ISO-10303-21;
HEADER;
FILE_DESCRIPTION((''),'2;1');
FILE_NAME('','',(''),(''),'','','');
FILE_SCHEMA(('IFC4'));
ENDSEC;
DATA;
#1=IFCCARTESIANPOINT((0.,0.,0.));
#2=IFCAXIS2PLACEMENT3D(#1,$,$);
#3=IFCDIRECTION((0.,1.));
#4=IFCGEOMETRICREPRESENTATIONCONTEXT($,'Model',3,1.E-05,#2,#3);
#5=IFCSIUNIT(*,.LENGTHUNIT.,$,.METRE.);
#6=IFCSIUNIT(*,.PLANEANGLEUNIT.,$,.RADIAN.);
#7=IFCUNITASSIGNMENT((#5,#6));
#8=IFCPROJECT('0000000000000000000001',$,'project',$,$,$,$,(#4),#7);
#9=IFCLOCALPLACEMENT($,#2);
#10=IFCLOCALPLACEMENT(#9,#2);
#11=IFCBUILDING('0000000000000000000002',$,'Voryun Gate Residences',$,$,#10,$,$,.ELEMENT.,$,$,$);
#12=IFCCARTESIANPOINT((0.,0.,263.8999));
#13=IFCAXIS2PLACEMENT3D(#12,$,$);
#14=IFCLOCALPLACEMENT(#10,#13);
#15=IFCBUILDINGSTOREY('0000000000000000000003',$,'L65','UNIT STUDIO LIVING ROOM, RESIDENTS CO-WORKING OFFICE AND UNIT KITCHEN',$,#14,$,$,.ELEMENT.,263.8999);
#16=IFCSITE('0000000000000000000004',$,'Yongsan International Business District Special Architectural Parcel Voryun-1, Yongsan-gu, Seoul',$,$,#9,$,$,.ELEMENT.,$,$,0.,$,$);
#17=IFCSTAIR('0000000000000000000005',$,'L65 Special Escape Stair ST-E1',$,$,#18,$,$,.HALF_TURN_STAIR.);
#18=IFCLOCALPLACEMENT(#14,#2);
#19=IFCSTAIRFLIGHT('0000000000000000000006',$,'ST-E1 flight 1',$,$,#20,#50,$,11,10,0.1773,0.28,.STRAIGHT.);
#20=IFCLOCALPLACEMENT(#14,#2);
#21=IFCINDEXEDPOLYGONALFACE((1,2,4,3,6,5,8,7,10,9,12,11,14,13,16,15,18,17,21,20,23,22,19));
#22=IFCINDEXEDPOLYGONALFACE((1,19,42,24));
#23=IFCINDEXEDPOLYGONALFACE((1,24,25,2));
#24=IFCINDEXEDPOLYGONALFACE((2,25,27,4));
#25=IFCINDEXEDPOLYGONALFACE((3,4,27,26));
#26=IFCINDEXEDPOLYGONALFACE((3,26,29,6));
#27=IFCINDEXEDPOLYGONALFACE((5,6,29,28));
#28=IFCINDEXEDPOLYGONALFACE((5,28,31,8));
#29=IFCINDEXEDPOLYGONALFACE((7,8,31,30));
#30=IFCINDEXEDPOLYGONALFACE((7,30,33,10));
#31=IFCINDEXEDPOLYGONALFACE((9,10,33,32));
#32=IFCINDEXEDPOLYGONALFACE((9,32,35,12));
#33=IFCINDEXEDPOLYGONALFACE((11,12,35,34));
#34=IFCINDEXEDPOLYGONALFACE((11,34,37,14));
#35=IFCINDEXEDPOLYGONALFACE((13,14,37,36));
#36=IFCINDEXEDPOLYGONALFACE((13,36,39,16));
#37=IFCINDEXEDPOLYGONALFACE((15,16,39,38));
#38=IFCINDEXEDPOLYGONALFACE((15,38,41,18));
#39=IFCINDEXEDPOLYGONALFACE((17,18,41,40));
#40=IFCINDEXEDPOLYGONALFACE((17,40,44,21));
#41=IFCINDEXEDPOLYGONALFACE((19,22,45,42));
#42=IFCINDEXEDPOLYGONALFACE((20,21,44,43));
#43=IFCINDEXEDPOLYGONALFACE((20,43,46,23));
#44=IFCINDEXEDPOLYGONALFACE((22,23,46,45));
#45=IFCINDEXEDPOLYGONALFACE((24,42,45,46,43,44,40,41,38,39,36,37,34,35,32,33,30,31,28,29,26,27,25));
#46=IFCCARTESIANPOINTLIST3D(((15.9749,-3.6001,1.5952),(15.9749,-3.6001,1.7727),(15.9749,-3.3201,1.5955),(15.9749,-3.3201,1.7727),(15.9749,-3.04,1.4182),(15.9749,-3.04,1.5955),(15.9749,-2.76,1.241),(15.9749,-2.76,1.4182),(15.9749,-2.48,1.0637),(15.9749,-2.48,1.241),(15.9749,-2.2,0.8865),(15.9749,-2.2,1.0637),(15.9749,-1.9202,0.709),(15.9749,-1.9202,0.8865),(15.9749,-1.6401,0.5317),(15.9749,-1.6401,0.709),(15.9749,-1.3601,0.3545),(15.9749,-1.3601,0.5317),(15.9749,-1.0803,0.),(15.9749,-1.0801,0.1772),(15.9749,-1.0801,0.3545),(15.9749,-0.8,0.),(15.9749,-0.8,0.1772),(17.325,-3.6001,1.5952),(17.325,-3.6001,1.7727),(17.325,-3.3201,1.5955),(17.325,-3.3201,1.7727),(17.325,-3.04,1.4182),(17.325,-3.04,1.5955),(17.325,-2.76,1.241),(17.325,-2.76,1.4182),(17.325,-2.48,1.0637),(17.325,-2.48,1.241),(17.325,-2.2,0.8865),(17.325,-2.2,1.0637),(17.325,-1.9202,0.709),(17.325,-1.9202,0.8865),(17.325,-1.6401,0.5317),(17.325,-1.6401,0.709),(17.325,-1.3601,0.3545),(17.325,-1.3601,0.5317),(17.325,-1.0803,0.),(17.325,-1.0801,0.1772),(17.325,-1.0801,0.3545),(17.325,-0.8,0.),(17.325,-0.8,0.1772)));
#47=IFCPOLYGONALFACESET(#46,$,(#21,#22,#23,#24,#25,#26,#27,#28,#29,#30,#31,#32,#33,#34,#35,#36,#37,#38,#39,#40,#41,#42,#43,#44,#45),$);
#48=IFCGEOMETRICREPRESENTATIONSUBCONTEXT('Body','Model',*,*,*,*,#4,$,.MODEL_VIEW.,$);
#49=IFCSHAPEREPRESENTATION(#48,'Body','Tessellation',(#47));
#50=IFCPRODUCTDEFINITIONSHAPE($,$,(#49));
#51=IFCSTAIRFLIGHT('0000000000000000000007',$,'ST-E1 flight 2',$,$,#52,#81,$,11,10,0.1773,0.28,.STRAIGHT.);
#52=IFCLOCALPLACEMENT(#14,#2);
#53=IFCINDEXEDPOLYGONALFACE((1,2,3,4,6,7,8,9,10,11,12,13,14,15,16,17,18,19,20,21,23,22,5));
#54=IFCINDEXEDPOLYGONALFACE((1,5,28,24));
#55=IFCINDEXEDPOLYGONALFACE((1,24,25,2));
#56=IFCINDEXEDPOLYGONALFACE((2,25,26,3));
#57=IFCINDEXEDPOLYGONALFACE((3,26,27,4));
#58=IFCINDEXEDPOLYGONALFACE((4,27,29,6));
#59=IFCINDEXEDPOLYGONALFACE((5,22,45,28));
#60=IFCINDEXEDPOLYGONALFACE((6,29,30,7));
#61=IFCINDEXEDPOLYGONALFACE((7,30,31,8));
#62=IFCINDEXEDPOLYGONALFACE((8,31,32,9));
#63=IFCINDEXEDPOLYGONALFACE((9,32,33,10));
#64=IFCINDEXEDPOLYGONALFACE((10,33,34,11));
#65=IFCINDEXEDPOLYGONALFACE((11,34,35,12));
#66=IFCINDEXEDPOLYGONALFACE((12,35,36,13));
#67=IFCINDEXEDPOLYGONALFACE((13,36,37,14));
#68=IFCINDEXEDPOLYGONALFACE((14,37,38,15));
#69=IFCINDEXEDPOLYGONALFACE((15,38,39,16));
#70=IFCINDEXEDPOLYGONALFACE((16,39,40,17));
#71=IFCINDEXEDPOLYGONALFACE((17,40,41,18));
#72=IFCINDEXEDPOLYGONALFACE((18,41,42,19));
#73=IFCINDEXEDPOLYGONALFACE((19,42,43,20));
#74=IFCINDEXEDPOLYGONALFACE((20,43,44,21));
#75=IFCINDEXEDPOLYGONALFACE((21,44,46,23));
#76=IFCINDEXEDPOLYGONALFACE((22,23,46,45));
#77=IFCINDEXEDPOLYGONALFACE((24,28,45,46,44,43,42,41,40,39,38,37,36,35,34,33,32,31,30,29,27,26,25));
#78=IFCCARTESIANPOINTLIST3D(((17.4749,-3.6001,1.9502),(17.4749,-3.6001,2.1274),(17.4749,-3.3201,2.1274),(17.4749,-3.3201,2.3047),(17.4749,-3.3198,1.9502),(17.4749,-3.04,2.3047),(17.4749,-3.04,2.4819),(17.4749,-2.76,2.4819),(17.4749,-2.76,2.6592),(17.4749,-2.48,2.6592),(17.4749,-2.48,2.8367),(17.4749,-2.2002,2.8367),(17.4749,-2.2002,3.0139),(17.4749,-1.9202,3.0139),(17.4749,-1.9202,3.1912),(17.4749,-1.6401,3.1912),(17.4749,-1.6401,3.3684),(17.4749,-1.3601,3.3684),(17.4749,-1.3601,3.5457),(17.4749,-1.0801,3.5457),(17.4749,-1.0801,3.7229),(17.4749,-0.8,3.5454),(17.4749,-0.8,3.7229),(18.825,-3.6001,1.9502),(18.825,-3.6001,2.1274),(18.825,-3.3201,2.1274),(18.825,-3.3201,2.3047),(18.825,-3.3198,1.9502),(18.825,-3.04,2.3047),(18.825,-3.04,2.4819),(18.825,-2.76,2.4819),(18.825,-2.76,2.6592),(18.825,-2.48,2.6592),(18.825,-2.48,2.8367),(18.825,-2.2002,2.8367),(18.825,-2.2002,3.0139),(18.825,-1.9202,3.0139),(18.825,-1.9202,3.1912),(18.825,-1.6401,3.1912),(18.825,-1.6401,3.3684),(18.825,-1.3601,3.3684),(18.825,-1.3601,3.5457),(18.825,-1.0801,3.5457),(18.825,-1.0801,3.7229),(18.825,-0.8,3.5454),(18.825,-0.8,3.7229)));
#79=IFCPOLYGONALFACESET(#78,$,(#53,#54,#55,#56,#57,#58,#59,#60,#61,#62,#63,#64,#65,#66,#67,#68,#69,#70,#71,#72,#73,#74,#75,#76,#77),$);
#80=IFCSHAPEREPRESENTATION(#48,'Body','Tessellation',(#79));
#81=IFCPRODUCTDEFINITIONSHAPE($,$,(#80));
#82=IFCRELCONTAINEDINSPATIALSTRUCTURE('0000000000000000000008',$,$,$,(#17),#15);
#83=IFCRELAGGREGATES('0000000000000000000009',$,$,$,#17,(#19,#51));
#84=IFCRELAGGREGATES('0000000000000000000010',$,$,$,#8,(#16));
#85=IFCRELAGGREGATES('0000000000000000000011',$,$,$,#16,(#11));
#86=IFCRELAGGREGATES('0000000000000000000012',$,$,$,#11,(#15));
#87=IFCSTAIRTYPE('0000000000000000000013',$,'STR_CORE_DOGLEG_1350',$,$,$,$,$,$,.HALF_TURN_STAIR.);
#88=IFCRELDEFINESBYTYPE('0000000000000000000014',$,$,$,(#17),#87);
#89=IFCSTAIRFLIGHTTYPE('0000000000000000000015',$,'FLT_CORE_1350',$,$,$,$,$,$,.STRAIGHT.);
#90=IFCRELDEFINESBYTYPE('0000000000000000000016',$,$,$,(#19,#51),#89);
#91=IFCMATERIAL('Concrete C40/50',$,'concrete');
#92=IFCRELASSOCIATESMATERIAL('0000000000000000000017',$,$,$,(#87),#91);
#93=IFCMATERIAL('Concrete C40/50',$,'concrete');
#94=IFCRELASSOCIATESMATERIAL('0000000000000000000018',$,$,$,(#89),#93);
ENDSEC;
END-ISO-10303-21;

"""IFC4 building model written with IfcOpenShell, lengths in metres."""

from ifc_helpers import new_model, si_unit, direction, frame, origin, place, context, subcontext, project, spatial, polyline, outline, extrude, material, type_object, element, aggregate, save


model = new_model("IFC4")

# Units and contexts
model_context = context("Model", 3, precision=1e-05, world=origin(), true_north=direction((0.0, 1.0)))
body_context = subcontext(model_context, "Body", "Model", "MODEL_VIEW")
ifc_project = project(units=[si_unit("LENGTHUNIT", "METRE"), si_unit("PLANEANGLEUNIT", "RADIAN")], contexts=[model_context])

# Site, building, storey
site_placement = place(None, origin())
site = spatial("IfcSite", under=ifc_project, at=site_placement, Name="Yongsan International Business District Special Architectural Parcel Voryun-1, Yongsan-gu, Seoul", CompositionType="ELEMENT", RefElevation=0.0)
building_placement = place(site_placement, origin())
building = spatial("IfcBuilding", under=site, at=building_placement, Name="Voryun Gate Residences", CompositionType="ELEMENT")
storey_placement = place(building_placement, frame((0.0, 0.0, 263.8999)))
storey = spatial("IfcBuildingStorey", under=building, at=storey_placement, Name="L65", Description="UNIT STUDIO LIVING ROOM, RESIDENTS CO-WORKING OFFICE AND UNIT KITCHEN", CompositionType="ELEMENT", Elevation=263.8999)

# Stair, stair flights
ifc_material_1 = material(Name="Concrete C40/50", Category="concrete")
stair_type = type_object("IfcStairType", Name="STR_CORE_DOGLEG_1350", PredefinedType="HALF_TURN_STAIR", material=ifc_material_1)
stair_placement = place(storey_placement, origin())
stair = element("IfcStair", 1, at=stair_placement, inside=storey, type_object=stair_type, Name="L65 Special Escape Stair ST-E1", PredefinedType="HALF_TURN_STAIR")
ifc_material_2 = material(Name="Concrete C40/50", Category="concrete")
stair_flight_type = type_object("IfcStairFlightType", Name="FLT_CORE_1350", PredefinedType="STRAIGHT", material=ifc_material_2)
stair_flight_1_placement = place(storey_placement, frame((16.6499, -0.8, 0.0), z_axis=(0.0, 0.0, 1.0), x_axis=(0.0, -1.0, 0.0)))
stair_flight_1 = element("IfcStairFlight", 2, at=stair_flight_1_placement, type_object=stair_flight_type, Name="ST-E1 flight 1", NumberOfRisers=11, NumberOfTreads=10, PredefinedType="STRAIGHT", RiserHeight=0.1773, TreadLength=0.28, context=body_context, shape_type="SweptSolid", body=[
    extrude(outline(polyline([(0.0, 0.0), (0.0, 0.1772), (0.28, 0.1772), (0.28, 0.3545), (0.5601, 0.3545), (0.5601, 0.5317), (0.8401, 0.5317), (0.8401, 0.709), (1.1201, 0.709), (1.1201, 0.8865), (1.3999, 0.8865), (1.3999, 1.0637), (1.6799, 1.0637), (1.6799, 1.241), (1.96, 1.241), (1.96, 1.4182), (2.24, 1.4182), (2.24, 1.5955), (2.52, 1.5955), (2.52, 1.7727), (2.8, 1.7727), (2.8, 1.95), (2.8, 1.5952), (0.2803, 0.0), (0.0, 0.0)])), frame((0.0, 0.675, 0.0), z_axis=(0.0, -1.0, 0.0), x_axis=(1.0, 0.0, 0.0)), (0.0, 0.0, 1.0), 1.3501),
])
stair_flight_2_placement = place(storey_placement, frame((18.1499, -3.6001, 1.9502), z_axis=(0.0, 0.0, 1.0), x_axis=(0.0, 1.0, 0.0)))
stair_flight_2 = element("IfcStairFlight", 3, at=stair_flight_2_placement, type_object=stair_flight_type, Name="ST-E1 flight 2", NumberOfRisers=11, NumberOfTreads=10, PredefinedType="STRAIGHT", RiserHeight=0.1773, TreadLength=0.28, context=body_context, shape_type="SweptSolid", body=[
    extrude(outline(polyline([(0.0, 0.0), (0.0, 0.1772), (0.28, 0.1772), (0.28, 0.3545), (0.5601, 0.3545), (0.5601, 0.5317), (0.8401, 0.5317), (0.8401, 0.709), (1.1201, 0.709), (1.1201, 0.8865), (1.3999, 0.8865), (1.3999, 1.0637), (1.6799, 1.0637), (1.6799, 1.241), (1.96, 1.241), (1.96, 1.4182), (2.24, 1.4182), (2.24, 1.5955), (2.52, 1.5955), (2.52, 1.7727), (2.8, 1.7727), (2.8, 1.95), (2.8, 1.5952), (0.2803, 0.0), (0.0, 0.0)])), frame((0.0, 0.675, 0.0), z_axis=(0.0, -1.0, 0.0), x_axis=(1.0, 0.0, 0.0)), (0.0, 0.0, 1.0), 1.3501),
])
aggregate(stair, [stair_flight_1, stair_flight_2])

save(model, "model.ifc")
